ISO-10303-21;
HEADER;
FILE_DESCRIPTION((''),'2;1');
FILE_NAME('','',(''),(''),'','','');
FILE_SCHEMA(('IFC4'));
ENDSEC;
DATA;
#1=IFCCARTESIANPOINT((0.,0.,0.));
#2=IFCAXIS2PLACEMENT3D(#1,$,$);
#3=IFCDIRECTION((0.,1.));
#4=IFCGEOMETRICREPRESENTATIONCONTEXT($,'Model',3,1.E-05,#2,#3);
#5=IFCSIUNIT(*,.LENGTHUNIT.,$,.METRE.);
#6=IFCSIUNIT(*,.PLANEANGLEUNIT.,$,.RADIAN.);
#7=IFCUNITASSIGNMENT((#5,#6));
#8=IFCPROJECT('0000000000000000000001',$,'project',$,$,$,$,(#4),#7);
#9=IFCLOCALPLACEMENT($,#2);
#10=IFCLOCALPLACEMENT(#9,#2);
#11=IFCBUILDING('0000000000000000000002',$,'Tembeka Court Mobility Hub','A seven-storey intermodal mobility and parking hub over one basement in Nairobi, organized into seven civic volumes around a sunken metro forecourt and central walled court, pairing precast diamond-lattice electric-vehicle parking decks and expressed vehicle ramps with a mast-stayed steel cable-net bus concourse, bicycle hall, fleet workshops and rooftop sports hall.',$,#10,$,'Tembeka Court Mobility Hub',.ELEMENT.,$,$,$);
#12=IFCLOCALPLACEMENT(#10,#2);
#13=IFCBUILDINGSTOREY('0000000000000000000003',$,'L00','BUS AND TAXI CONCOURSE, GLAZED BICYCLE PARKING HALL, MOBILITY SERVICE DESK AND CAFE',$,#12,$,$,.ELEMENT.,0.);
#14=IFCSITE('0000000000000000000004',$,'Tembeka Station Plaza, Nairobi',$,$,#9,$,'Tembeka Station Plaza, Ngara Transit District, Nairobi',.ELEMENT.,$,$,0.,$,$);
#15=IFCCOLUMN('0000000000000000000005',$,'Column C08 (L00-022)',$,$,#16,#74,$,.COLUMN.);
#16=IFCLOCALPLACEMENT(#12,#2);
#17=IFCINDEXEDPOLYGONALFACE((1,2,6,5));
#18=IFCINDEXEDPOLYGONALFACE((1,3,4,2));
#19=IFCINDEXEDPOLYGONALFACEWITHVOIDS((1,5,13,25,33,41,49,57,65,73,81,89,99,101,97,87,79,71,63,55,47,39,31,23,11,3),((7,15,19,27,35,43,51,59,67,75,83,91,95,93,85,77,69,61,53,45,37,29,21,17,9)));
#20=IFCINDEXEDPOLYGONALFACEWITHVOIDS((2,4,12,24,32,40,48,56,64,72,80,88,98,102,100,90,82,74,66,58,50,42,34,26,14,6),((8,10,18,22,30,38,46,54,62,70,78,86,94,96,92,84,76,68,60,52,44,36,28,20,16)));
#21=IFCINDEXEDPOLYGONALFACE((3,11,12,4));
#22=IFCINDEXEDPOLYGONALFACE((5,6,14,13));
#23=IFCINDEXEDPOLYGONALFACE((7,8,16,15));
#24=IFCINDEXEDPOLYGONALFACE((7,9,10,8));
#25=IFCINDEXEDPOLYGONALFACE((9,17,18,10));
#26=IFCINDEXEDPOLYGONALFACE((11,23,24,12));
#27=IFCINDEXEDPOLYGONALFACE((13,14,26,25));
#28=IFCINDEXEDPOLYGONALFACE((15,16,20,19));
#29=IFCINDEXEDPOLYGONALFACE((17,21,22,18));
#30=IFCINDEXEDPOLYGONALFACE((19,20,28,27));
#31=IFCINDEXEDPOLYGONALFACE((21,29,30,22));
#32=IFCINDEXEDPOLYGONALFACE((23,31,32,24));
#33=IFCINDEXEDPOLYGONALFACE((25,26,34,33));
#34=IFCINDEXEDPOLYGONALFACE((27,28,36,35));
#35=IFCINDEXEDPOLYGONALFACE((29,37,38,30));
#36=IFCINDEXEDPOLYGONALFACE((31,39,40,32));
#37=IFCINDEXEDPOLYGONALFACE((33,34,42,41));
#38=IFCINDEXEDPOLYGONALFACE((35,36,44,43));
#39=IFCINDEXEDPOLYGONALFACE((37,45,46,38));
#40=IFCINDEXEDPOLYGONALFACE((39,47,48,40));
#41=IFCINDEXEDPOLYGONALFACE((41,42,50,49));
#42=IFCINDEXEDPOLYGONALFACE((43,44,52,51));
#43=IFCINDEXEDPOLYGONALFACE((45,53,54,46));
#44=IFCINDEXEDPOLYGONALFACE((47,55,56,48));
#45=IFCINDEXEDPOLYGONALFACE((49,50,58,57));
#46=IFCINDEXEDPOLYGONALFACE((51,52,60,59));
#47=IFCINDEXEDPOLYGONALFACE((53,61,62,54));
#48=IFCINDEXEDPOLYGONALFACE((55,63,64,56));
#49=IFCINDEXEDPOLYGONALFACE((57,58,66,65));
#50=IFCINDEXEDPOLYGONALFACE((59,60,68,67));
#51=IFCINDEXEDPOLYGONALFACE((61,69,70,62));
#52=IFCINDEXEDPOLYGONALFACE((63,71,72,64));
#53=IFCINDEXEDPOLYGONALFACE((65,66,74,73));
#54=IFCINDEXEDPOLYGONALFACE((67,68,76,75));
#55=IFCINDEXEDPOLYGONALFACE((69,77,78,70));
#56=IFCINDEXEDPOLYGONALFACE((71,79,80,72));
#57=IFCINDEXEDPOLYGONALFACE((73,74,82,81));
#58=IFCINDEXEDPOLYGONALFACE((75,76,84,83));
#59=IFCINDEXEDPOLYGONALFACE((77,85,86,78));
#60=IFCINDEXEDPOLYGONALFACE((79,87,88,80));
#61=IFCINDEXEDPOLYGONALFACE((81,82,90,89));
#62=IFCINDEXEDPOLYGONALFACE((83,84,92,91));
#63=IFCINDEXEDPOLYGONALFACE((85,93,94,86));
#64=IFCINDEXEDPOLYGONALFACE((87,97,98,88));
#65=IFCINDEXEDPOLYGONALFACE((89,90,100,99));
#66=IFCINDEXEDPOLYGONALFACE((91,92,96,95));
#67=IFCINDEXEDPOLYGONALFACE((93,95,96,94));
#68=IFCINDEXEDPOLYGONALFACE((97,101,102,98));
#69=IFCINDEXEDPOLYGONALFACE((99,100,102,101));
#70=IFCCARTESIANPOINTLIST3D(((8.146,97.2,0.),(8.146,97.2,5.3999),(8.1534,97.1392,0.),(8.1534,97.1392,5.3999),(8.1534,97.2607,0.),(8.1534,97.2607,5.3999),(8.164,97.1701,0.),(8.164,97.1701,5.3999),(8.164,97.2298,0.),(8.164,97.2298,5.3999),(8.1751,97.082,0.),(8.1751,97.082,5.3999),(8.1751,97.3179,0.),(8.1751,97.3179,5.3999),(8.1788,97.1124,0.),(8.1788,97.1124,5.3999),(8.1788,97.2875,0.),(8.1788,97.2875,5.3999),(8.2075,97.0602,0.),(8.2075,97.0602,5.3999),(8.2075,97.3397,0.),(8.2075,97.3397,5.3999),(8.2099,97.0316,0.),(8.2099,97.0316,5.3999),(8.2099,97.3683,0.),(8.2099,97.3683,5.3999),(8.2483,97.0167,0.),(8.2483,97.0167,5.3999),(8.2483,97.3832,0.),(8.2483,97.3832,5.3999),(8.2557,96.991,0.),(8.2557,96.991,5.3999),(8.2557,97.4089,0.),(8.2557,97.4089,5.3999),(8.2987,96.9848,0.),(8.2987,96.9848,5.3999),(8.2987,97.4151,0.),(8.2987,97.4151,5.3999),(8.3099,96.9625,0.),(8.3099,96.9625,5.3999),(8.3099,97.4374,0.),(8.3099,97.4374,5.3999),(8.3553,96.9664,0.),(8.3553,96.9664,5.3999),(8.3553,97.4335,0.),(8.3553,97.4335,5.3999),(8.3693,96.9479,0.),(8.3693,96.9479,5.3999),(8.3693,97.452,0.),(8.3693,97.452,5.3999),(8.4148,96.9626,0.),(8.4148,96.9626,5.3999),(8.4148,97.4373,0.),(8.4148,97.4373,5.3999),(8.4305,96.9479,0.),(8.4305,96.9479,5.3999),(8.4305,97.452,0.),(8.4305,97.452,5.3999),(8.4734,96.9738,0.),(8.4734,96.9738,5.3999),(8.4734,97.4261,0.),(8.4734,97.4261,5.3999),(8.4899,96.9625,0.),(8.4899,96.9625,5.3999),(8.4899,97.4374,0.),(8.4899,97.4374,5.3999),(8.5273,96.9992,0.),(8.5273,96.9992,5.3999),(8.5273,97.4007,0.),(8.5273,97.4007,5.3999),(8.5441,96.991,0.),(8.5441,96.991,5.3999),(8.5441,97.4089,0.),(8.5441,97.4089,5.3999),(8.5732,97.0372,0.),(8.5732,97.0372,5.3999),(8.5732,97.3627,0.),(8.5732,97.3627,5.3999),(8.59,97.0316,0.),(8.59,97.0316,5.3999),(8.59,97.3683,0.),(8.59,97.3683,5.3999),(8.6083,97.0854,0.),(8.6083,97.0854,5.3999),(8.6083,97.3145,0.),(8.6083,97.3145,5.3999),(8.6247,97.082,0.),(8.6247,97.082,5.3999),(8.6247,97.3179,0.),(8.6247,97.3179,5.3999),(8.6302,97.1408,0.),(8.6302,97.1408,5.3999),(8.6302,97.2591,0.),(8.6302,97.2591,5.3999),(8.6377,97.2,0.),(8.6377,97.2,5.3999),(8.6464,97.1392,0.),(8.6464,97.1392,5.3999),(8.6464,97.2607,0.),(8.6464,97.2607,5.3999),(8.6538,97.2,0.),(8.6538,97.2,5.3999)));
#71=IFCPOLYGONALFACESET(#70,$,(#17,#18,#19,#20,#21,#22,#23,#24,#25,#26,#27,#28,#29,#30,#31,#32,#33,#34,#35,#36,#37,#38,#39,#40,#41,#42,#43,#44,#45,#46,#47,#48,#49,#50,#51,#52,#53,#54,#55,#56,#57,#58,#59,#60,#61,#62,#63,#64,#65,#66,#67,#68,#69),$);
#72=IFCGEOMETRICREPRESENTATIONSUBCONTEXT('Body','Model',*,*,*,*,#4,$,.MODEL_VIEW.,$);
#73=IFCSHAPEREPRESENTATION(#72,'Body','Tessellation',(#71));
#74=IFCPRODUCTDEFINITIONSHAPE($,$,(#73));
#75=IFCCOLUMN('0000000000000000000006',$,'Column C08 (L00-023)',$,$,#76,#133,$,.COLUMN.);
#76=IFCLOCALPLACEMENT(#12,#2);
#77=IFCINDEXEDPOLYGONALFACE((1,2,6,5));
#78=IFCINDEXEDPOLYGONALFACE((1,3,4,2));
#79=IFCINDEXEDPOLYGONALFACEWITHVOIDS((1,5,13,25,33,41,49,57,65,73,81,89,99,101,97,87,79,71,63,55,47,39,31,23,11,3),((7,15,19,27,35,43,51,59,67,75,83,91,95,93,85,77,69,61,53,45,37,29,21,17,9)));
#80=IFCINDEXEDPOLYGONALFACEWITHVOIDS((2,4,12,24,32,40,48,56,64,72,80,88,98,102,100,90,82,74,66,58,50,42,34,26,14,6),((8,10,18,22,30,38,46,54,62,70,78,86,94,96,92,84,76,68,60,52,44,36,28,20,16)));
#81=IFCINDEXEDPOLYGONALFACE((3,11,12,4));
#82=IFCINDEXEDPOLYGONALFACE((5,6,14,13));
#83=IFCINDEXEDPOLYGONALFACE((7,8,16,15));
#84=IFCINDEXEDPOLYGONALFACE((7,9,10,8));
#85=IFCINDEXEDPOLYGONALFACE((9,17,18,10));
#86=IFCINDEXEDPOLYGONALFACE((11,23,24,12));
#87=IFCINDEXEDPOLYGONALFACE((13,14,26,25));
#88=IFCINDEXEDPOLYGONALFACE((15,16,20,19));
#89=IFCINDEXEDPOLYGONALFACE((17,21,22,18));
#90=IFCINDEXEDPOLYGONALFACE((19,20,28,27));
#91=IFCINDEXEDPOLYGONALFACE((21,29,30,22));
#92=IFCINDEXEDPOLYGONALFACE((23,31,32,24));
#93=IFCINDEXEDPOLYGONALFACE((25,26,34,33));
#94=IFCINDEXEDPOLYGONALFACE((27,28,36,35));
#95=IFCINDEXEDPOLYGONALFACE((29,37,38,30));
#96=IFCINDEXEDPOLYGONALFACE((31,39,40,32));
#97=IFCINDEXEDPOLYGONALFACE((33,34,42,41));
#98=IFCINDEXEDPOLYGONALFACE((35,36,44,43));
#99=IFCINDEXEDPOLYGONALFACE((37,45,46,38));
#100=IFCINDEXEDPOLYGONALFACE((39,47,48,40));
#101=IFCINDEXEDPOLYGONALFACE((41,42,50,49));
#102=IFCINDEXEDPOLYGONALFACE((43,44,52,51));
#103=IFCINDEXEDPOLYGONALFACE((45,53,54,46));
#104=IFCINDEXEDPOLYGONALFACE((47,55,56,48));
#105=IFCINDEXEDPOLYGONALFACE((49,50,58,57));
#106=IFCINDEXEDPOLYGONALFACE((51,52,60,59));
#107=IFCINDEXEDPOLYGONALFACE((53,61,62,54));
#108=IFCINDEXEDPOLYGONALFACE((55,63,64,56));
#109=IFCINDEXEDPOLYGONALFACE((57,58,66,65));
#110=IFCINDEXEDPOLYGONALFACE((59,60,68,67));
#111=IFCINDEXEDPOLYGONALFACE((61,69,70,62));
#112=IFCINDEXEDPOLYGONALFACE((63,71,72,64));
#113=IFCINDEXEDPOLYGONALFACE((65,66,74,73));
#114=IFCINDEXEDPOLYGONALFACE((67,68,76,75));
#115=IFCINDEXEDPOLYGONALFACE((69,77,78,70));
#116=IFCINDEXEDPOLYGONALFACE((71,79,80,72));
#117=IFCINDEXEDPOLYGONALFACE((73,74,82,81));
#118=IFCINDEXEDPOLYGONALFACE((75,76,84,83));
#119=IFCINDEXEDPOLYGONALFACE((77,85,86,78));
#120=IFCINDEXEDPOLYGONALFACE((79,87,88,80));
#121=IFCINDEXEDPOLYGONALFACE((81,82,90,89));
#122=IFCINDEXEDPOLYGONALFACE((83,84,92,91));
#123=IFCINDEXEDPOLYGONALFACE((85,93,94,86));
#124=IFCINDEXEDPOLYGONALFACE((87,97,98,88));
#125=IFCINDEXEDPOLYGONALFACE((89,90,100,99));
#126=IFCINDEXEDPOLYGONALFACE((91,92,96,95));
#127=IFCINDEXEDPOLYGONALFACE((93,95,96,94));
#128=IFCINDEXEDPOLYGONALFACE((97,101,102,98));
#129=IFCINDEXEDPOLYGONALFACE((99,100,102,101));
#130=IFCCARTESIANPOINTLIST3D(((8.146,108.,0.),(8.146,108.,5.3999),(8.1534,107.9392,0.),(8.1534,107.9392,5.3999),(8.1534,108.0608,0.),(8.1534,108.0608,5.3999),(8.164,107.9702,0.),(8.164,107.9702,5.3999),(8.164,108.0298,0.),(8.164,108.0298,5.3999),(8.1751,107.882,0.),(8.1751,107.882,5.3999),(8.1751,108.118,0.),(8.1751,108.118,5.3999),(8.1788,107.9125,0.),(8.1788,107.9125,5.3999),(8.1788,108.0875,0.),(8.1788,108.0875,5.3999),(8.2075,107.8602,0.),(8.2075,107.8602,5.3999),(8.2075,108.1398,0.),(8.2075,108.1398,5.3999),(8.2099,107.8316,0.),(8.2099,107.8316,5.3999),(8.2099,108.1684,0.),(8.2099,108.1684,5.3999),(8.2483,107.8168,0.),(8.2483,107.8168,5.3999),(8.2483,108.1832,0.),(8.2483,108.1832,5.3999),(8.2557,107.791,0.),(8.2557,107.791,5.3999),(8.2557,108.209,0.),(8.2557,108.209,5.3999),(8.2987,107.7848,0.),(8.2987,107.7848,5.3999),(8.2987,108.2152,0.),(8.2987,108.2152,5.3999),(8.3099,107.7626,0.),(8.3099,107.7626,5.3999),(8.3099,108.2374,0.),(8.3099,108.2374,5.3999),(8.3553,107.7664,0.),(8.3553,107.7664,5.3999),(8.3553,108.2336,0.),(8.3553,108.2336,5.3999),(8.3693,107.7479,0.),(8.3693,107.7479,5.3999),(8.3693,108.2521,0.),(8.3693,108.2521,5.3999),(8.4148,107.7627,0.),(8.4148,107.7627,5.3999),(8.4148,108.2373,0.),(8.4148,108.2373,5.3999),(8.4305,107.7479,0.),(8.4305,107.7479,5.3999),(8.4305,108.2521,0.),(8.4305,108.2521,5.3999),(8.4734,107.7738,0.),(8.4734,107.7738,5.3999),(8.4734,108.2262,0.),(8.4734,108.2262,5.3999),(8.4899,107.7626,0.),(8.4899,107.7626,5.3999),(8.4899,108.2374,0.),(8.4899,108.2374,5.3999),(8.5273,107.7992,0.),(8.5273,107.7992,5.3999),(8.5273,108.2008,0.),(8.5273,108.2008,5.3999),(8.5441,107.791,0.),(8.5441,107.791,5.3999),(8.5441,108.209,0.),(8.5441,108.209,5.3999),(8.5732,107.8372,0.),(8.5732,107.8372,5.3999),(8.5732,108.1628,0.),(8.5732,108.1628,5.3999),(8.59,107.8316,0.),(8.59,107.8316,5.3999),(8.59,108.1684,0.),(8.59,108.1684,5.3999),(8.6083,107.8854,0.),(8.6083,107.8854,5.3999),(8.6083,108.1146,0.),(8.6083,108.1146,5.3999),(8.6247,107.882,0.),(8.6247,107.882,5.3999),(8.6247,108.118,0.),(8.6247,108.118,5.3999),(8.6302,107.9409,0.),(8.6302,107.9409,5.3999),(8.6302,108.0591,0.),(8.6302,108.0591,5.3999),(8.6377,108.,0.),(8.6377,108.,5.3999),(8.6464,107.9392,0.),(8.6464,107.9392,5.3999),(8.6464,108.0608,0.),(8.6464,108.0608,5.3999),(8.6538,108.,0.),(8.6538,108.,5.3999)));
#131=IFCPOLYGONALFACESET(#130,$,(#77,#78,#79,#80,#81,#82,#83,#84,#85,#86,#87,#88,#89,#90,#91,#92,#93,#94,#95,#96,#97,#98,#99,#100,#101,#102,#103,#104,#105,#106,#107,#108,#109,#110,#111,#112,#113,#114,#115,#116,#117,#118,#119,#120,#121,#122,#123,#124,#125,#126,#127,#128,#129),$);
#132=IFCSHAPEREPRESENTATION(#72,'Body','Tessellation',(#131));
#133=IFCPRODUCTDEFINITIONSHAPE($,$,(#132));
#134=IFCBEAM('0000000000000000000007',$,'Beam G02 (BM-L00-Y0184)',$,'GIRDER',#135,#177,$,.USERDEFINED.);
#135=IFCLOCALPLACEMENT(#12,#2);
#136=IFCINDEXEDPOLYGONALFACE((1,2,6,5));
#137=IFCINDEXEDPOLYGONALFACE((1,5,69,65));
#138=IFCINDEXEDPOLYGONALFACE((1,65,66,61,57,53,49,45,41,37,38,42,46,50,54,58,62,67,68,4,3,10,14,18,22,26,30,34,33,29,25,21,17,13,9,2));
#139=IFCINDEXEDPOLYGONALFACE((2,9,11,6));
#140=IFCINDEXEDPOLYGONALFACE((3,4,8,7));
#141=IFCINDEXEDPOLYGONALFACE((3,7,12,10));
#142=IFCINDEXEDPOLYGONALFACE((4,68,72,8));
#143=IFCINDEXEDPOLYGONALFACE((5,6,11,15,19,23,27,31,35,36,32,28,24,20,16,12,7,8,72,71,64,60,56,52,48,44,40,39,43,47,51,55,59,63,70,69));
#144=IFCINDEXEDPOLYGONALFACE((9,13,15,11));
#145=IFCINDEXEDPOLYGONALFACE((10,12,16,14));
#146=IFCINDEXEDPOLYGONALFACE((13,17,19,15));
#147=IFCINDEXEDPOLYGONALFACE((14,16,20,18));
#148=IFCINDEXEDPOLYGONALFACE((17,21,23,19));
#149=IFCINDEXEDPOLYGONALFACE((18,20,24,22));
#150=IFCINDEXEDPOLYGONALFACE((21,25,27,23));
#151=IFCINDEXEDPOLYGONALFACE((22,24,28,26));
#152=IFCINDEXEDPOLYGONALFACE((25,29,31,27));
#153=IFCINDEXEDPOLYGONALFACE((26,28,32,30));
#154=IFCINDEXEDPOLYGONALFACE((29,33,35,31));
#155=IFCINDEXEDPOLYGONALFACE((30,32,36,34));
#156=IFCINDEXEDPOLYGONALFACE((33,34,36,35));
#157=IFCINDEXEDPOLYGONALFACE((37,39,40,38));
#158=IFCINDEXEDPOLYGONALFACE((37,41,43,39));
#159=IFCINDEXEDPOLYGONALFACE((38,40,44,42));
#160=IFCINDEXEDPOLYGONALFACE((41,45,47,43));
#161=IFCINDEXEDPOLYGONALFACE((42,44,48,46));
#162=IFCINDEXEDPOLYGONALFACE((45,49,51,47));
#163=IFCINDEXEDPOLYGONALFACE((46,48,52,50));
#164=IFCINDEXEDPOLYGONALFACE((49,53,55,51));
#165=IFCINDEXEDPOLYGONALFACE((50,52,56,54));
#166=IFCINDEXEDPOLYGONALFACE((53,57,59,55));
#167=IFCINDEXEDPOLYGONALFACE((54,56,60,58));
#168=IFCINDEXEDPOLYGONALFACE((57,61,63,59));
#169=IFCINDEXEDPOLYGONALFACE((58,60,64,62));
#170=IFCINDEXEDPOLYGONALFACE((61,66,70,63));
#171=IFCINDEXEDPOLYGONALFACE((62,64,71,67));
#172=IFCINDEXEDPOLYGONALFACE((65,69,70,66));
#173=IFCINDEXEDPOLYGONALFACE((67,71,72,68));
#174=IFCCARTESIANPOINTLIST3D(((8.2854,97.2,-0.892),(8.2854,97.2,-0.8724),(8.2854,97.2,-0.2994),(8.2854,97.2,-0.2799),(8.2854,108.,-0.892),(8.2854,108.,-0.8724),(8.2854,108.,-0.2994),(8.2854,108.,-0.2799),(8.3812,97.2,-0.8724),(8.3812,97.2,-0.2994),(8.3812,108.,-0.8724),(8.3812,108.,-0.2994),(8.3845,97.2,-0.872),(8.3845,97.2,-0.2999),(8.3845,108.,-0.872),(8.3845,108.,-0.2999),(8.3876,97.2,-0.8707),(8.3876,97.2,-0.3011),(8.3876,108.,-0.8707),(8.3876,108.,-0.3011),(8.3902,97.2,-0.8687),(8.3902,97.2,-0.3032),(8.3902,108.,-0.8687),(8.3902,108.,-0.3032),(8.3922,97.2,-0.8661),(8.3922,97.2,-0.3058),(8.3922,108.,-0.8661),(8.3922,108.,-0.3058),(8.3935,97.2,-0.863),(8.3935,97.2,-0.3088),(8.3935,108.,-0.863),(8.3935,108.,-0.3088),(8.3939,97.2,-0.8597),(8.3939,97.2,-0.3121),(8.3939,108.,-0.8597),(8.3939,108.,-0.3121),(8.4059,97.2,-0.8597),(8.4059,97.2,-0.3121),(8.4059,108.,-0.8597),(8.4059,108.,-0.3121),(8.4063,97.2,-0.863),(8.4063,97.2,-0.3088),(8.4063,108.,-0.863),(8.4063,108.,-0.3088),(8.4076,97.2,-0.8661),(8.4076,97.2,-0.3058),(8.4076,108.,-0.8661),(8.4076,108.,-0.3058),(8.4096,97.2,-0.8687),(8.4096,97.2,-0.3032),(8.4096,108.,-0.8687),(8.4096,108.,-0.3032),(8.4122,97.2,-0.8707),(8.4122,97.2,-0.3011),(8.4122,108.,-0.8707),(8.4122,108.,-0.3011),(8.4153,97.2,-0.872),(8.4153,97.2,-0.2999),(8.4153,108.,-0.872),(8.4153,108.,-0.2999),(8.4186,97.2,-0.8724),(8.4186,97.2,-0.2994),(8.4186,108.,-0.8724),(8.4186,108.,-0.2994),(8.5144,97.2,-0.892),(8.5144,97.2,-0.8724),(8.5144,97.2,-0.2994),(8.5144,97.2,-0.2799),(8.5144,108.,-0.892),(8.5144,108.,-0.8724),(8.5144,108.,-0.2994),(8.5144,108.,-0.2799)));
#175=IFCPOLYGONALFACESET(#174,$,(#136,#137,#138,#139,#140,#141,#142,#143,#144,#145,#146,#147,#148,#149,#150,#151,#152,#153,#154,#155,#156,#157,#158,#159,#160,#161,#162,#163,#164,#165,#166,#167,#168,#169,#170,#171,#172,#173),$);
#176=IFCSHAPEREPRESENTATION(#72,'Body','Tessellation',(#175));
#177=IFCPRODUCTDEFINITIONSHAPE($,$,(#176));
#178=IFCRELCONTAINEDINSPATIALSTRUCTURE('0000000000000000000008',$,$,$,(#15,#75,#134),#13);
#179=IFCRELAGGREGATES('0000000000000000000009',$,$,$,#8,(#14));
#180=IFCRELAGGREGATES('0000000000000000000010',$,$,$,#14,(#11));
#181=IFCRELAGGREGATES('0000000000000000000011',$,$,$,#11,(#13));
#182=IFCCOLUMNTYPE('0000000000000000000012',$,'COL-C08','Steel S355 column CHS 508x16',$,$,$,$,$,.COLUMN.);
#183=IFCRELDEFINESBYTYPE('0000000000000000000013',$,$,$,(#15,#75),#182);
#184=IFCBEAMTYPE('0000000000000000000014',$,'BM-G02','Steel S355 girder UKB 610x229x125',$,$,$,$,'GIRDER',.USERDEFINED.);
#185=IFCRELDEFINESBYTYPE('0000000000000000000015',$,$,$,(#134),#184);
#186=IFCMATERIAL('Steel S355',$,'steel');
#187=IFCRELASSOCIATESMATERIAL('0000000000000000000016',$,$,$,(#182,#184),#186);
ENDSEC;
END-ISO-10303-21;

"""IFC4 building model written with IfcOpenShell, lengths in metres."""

from ifc_helpers import new_model, si_unit, direction, frame, origin, origin_2d, place, context, subcontext, project, spatial, hollow_circle, i_section, extrude, material, material_profile, profile_set, type_object, element, save


model = new_model("IFC4")

# Units and contexts
model_context = context("Model", 3, precision=1e-05, world=origin(), true_north=direction((0.0, 1.0)))
body_context = subcontext(model_context, "Body", "Model", "MODEL_VIEW")
ifc_project = project(units=[si_unit("LENGTHUNIT", "METRE"), si_unit("PLANEANGLEUNIT", "RADIAN")], contexts=[model_context])

# Site, building, storey
site_placement = place(None, origin())
site = spatial("IfcSite", under=ifc_project, at=site_placement, Name="Tembeka Station Plaza, Nairobi", LongName="Tembeka Station Plaza, Ngara Transit District, Nairobi", CompositionType="ELEMENT", RefElevation=0.0)
building_placement = place(site_placement, origin())
building = spatial("IfcBuilding", under=site, at=building_placement, Name="Tembeka Court Mobility Hub", Description="A seven-storey intermodal mobility and parking hub over one basement in Nairobi, organized into seven civic volumes around a sunken metro forecourt and central walled court, pairing precast diamond-lattice electric-vehicle parking decks and expressed vehicle ramps with a mast-stayed steel cable-net bus concourse, bicycle hall, fleet workshops and rooftop sports hall.", LongName="Tembeka Court Mobility Hub", CompositionType="ELEMENT")
storey_placement = place(building_placement, origin())
storey = spatial("IfcBuildingStorey", under=building, at=storey_placement, Name="L00", Description="BUS AND TAXI CONCOURSE, GLAZED BICYCLE PARKING HALL, MOBILITY SERVICE DESK AND CAFE", CompositionType="ELEMENT", Elevation=0.0)

# Columns
ifc_material_1 = material(Name="Steel S355", Category="steel")
ifc_material_profile_1 = material_profile(ifc_material_1, hollow_circle(Radius=0.2539, WallThickness=0.0161, at=origin_2d()), Name="CHS 508x16")
ifc_profile_set_1 = profile_set([ifc_material_profile_1], Name="Steel S355")
column_type = type_object("IfcColumnType", Name="COL-C08", Description="Steel S355 column CHS 508x16", PredefinedType="COLUMN", material=ifc_profile_set_1)
for number, where, z_axis, x_axis, name in (
    (1, (8.3999, 97.2, 0.0), (0.0, 0.0, 1.0), (1.0, 0.0, 0.0), "Column C08 (L00-022)"),
    (2, (8.3999, 108.0, 0.0), (0.0, 0.0, 1.0), (1.0, 0.0, 0.0), "Column C08 (L00-023)"),
):
    element("IfcColumn", number, at=place(storey_placement, frame(where, z_axis=z_axis, x_axis=x_axis)), inside=storey, type_object=column_type, Name=name, PredefinedType="COLUMN", context=body_context, shape_type="SweptSolid", body=[
        extrude(hollow_circle(Radius=0.2539, WallThickness=0.0161, at=origin_2d()), origin(), (0.0, 0.0, 1.0), 5.3999),
    ])

# Beam
ifc_material_profile_2 = material_profile(ifc_material_1, i_section(OverallWidth=0.229, OverallDepth=0.6121, WebThickness=0.012, FlangeThickness=0.0195, FilletRadius=0.0127, at=origin_2d()), Name="UKB 610x229x125")
ifc_profile_set_2 = profile_set([ifc_material_profile_2], Name="Steel S355")
beam_type_1 = type_object("IfcBeamType", Name="BM-G02", Description="Steel S355 girder UKB 610x229x125", ElementType="GIRDER", PredefinedType="USERDEFINED", material=ifc_profile_set_2)
beam_1_placement = place(storey_placement, frame((8.3999, 97.2, -0.5859), z_axis=(0.0, 1.0, 0.0), x_axis=(-1.0, 0.0, 0.0)))
element("IfcBeam", 3, at=beam_1_placement, inside=storey, type_object=beam_type_1, Name="Beam G02 (BM-L00-Y0184)", ObjectType="GIRDER", PredefinedType="USERDEFINED", context=body_context, shape_type="SweptSolid", body=[
    extrude(i_section(OverallWidth=0.229, OverallDepth=0.6121, WebThickness=0.012, FlangeThickness=0.0195, FilletRadius=0.0127, at=origin_2d()), origin(), (0.0, 0.0, 1.0), 10.8),
])

save(model, "model.ifc")
